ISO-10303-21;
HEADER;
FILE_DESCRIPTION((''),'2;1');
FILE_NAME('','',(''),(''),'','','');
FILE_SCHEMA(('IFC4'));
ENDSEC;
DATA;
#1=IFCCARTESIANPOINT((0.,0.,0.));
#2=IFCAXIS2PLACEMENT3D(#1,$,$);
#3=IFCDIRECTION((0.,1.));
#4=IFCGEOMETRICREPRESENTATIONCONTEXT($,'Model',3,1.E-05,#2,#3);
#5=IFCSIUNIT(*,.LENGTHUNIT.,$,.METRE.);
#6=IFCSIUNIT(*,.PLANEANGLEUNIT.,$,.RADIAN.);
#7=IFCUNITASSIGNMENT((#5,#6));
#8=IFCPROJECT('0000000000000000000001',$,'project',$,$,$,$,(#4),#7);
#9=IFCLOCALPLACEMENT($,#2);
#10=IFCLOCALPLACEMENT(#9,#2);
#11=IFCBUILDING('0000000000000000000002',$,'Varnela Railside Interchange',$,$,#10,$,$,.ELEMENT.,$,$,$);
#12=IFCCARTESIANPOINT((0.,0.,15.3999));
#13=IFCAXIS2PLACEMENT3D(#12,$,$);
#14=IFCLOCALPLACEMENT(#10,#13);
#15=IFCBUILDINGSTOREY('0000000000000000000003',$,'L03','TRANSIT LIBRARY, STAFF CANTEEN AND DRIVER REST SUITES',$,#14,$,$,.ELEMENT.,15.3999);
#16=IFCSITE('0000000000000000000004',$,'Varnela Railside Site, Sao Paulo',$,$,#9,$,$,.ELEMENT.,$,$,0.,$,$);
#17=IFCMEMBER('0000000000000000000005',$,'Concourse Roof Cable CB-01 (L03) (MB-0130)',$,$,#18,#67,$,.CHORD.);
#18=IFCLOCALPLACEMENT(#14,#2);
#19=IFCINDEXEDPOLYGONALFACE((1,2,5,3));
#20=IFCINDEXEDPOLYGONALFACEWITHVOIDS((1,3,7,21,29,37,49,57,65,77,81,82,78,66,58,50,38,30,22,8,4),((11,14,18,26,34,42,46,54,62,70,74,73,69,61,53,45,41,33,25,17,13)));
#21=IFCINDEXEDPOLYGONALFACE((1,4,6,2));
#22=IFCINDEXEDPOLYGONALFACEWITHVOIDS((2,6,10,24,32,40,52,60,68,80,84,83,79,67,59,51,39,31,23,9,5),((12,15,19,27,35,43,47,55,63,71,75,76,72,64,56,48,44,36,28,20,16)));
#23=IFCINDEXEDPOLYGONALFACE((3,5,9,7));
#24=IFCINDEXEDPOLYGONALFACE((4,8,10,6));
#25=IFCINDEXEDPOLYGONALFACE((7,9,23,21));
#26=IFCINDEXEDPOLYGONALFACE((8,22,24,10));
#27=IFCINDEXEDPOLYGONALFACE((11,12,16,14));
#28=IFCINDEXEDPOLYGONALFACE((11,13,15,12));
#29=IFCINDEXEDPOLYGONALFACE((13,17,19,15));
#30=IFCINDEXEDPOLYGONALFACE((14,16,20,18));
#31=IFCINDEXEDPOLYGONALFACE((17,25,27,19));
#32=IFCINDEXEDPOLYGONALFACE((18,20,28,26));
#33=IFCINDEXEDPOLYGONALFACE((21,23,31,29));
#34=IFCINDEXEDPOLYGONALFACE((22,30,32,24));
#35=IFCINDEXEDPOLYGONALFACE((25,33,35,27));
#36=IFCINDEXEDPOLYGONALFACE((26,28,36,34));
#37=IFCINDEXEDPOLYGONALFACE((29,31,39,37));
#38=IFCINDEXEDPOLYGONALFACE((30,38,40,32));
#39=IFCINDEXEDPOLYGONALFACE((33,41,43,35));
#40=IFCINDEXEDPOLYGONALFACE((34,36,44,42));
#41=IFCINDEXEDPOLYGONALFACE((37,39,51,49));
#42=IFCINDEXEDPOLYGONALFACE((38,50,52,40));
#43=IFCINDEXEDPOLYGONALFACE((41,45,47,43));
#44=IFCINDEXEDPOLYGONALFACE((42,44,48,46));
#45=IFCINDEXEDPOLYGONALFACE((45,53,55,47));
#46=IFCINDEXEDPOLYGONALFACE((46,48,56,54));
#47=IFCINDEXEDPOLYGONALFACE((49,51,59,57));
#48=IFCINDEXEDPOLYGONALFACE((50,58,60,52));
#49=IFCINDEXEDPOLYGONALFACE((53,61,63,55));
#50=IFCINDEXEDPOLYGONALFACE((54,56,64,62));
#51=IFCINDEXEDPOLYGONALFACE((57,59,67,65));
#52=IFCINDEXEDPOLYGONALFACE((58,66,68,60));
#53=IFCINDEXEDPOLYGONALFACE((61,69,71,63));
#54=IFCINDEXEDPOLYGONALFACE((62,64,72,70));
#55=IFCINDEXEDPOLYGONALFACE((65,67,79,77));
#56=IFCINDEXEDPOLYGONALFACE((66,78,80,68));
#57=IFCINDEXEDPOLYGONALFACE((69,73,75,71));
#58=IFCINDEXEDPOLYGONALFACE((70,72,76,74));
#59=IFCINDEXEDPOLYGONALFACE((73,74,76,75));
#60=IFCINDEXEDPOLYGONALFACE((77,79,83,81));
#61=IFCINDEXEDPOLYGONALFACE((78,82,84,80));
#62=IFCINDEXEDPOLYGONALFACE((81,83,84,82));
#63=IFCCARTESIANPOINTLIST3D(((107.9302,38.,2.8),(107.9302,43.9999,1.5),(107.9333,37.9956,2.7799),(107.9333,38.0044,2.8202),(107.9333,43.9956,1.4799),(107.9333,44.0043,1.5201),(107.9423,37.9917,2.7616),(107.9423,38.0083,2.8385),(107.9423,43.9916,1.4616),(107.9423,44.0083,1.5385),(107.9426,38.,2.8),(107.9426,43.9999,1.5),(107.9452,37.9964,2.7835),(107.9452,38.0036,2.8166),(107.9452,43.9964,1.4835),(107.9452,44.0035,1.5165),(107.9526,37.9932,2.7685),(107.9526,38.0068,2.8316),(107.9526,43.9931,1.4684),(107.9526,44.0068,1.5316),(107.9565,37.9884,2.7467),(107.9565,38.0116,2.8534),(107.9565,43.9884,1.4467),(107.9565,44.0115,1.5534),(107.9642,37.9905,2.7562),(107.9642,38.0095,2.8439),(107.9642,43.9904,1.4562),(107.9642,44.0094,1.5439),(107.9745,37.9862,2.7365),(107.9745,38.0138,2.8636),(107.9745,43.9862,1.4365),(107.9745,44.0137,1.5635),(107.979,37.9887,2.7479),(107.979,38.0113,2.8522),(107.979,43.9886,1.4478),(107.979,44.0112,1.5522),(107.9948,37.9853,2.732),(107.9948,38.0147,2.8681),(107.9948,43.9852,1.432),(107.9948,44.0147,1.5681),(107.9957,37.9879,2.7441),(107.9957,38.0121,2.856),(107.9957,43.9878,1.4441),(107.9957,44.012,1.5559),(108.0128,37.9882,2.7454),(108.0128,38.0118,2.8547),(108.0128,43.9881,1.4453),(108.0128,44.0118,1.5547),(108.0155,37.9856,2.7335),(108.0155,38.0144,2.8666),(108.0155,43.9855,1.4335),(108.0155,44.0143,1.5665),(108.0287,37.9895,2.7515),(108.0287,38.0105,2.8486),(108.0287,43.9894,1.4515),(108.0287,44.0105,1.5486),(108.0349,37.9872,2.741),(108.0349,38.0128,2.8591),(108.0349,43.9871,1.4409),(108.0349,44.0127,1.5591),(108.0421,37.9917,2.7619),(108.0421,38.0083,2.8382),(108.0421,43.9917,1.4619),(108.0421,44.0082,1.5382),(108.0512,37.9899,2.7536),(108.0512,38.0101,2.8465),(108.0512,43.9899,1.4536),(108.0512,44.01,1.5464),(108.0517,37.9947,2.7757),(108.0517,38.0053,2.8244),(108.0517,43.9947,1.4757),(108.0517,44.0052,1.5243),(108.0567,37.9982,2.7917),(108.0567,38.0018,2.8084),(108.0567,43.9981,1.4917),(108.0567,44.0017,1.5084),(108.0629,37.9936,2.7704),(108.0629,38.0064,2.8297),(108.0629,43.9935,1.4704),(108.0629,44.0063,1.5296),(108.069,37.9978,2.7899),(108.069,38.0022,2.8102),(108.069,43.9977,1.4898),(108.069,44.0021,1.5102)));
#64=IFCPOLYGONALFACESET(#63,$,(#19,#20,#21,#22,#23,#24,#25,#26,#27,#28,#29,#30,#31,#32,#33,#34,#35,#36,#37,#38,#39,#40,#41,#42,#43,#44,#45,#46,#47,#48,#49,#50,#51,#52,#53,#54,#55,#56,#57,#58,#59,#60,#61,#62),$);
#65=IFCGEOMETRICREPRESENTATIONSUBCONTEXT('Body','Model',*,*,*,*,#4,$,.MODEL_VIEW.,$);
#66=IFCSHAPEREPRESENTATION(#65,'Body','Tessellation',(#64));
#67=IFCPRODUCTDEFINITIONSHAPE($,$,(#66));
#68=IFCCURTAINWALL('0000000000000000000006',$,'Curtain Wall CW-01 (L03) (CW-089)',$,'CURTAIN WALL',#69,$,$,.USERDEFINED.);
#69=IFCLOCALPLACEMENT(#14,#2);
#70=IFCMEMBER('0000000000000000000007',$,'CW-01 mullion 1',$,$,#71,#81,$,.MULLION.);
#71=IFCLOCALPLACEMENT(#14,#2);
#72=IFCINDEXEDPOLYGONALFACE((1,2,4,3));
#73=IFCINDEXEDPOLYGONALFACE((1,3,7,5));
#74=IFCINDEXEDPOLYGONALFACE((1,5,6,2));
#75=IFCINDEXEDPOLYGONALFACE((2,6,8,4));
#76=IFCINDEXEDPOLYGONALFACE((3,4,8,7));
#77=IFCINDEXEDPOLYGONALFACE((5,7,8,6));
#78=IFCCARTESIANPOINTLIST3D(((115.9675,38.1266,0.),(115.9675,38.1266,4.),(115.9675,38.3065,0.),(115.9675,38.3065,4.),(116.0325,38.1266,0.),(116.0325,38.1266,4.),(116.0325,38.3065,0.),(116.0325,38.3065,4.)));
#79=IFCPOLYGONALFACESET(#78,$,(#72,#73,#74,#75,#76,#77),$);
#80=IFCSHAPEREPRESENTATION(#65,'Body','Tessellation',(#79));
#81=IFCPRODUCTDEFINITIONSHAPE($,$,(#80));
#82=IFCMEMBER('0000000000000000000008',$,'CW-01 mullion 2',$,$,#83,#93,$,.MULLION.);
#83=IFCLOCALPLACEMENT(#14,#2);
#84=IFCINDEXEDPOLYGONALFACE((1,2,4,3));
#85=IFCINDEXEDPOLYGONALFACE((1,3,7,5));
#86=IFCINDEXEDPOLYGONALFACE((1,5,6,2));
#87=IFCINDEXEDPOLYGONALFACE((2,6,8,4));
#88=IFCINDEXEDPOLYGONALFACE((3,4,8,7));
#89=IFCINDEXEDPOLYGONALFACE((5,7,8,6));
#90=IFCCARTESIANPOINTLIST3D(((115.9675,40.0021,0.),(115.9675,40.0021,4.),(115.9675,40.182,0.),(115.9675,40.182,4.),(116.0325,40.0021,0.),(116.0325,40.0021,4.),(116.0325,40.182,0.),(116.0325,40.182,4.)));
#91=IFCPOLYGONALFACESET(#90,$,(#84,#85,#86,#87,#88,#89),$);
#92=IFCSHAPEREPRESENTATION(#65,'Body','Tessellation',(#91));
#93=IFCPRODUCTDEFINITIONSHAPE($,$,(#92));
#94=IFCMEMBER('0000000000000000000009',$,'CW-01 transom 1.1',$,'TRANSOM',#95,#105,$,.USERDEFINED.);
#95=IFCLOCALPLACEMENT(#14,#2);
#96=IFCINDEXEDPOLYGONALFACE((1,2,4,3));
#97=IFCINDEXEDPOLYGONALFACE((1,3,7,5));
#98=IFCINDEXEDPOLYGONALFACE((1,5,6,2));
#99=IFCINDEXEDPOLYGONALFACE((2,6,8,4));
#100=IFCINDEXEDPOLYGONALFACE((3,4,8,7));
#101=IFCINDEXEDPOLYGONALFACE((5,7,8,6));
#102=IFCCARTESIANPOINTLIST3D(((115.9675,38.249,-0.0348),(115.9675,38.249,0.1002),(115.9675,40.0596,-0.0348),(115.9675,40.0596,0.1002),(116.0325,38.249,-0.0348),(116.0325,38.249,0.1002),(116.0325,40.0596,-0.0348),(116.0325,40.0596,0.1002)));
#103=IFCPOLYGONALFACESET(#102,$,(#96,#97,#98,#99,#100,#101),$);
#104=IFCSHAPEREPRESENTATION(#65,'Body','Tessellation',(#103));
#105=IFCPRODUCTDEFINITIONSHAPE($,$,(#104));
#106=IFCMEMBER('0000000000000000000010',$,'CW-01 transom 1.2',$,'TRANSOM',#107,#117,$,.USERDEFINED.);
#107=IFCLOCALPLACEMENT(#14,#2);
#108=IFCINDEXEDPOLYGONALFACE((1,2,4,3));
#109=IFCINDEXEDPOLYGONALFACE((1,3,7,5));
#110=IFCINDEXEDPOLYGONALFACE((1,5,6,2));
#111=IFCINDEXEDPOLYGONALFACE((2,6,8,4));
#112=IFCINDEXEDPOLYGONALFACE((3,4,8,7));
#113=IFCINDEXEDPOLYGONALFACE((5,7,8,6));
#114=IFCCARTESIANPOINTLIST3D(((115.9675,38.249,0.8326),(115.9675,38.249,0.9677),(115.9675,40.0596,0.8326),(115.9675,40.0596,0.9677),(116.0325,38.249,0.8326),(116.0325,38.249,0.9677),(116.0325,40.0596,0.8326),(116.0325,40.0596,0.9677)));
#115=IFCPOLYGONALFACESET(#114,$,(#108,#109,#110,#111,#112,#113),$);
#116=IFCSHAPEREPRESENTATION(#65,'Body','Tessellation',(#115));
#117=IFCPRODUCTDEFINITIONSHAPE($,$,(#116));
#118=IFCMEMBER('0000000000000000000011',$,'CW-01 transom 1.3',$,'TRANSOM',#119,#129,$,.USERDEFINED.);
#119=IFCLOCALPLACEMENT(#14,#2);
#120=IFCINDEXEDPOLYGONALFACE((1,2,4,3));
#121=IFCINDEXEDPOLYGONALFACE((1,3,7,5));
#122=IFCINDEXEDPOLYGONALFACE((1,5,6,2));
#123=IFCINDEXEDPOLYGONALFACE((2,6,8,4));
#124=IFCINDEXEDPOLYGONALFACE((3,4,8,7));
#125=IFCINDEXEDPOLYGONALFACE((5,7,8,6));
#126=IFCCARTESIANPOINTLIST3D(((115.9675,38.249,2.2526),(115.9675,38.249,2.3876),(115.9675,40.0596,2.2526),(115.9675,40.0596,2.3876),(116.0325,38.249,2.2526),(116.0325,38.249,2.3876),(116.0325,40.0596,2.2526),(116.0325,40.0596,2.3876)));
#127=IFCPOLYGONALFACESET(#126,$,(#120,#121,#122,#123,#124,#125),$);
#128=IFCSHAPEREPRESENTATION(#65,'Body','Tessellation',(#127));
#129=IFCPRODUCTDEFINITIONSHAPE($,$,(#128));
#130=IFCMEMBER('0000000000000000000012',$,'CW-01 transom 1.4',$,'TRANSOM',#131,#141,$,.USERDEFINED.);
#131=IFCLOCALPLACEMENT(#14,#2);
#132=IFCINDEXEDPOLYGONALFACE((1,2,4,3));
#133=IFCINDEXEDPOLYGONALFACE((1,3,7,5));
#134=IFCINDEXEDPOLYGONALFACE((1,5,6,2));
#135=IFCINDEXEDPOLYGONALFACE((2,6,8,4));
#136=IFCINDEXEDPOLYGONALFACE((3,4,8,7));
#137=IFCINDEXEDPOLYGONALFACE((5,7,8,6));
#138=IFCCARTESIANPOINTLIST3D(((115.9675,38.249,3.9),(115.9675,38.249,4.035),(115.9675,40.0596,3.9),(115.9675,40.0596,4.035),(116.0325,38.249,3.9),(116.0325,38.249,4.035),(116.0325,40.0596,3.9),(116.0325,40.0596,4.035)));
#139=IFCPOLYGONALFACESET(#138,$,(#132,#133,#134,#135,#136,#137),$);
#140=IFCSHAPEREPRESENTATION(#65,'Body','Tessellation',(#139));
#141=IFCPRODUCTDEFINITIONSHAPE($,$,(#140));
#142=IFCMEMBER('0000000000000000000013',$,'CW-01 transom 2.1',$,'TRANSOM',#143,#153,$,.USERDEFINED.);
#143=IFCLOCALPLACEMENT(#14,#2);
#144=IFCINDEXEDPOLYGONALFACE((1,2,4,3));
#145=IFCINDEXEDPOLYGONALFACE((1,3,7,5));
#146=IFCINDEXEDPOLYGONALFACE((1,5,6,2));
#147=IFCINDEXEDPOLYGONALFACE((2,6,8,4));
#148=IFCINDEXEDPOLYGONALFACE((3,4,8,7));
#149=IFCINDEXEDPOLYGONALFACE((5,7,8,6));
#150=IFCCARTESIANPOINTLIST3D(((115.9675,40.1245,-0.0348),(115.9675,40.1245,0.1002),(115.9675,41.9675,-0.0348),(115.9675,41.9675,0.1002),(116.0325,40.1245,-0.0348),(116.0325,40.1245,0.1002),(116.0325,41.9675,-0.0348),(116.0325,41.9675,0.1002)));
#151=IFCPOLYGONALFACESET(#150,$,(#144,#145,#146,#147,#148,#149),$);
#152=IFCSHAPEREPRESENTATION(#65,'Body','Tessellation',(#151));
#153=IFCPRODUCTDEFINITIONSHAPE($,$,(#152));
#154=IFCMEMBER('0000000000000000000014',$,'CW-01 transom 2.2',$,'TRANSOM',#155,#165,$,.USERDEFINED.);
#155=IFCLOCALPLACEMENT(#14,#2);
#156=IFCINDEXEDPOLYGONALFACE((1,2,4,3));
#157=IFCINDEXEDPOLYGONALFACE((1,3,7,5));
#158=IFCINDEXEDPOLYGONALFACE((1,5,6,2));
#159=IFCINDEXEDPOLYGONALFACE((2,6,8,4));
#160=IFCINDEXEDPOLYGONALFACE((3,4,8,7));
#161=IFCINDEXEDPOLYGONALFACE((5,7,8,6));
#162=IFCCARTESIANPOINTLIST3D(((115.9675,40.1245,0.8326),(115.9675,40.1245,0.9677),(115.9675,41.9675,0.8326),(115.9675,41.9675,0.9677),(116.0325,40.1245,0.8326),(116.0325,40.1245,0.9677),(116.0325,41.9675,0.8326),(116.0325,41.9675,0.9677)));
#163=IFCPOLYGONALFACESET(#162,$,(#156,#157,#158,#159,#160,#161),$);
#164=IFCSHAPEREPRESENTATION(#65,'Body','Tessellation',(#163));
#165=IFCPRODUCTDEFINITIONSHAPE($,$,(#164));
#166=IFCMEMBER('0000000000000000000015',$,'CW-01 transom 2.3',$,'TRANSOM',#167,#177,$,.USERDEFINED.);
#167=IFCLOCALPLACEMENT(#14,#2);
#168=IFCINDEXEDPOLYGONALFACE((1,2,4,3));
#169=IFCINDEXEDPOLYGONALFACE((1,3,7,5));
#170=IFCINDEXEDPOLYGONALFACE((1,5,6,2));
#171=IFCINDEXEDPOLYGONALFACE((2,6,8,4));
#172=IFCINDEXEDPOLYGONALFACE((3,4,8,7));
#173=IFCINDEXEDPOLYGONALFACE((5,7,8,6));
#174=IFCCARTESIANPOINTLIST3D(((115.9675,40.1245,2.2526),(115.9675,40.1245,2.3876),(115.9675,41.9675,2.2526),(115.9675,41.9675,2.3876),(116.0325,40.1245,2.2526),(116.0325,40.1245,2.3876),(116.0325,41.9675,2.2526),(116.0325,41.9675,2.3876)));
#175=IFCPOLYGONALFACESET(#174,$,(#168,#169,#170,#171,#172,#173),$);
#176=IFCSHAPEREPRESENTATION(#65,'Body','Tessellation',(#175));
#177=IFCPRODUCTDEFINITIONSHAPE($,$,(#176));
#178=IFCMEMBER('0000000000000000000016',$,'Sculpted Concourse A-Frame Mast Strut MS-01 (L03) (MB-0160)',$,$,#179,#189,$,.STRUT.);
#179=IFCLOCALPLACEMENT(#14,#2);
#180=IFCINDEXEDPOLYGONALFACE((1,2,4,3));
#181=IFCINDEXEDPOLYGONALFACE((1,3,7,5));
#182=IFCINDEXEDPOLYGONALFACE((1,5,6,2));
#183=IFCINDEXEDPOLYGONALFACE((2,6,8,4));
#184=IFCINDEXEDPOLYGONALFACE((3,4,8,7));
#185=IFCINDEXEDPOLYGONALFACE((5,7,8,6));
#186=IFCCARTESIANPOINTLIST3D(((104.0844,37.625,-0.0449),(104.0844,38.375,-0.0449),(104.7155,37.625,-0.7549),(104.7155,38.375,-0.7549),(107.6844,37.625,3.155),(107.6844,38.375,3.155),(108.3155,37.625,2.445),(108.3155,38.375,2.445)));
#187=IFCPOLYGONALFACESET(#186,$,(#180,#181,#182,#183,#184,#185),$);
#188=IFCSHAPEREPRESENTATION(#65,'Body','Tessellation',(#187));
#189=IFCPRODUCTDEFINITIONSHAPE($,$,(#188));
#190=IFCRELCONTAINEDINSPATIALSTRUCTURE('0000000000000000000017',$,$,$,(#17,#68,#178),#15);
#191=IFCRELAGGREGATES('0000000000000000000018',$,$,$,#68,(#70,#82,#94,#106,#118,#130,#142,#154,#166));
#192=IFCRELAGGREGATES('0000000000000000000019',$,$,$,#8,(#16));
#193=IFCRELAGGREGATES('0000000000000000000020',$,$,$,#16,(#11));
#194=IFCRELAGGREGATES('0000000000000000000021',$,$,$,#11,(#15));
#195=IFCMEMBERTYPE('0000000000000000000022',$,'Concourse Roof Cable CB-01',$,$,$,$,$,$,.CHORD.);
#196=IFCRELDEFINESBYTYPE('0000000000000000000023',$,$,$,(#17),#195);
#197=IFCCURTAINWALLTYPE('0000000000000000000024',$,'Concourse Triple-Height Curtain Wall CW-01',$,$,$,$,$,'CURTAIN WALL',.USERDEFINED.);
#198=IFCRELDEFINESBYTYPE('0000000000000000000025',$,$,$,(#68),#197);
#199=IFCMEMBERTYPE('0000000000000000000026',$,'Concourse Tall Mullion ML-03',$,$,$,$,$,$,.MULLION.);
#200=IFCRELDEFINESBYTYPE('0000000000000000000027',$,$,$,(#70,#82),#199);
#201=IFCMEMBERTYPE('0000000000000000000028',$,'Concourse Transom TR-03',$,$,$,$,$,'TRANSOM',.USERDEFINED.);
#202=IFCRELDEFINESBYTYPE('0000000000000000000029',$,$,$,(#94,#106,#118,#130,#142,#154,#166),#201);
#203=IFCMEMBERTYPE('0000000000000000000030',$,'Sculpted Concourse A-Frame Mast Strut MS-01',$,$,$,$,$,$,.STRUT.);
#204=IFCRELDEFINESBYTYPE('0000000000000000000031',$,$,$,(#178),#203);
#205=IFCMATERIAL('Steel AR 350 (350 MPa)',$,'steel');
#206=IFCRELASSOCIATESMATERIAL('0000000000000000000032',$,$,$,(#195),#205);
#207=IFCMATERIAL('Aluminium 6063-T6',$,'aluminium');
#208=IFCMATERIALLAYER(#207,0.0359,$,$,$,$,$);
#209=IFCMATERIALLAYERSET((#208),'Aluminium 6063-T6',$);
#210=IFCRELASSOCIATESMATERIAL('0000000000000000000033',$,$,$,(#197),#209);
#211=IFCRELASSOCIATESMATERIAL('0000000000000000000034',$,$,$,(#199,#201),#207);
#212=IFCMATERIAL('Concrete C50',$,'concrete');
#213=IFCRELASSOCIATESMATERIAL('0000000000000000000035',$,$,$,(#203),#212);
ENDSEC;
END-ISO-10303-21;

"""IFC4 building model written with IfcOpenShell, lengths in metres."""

from ifc_helpers import new_model, si_unit, direction, frame, origin, origin_2d, place, context, subcontext, project, spatial, rectangle, hollow_circle, extrude, material, layer, layer_set, material_profile, profile_set, type_object, element, aggregate, save


model = new_model("IFC4")

# Units and contexts
model_context = context("Model", 3, precision=1e-05, world=origin(), true_north=direction((0.0, 1.0)))
body_context = subcontext(model_context, "Body", "Model", "MODEL_VIEW")
ifc_project = project(units=[si_unit("LENGTHUNIT", "METRE"), si_unit("PLANEANGLEUNIT", "RADIAN")], contexts=[model_context])

# Site, building, storey
site_placement = place(None, origin())
site = spatial("IfcSite", under=ifc_project, at=site_placement, Name="Varnela Railside Site, Sao Paulo", CompositionType="ELEMENT", RefElevation=0.0)
building_placement = place(site_placement, origin())
building = spatial("IfcBuilding", under=site, at=building_placement, Name="Varnela Railside Interchange", CompositionType="ELEMENT")
storey_placement = place(building_placement, frame((0.0, 0.0, 15.3999)))
storey = spatial("IfcBuildingStorey", under=building, at=storey_placement, Name="L03", Description="TRANSIT LIBRARY, STAFF CANTEEN AND DRIVER REST SUITES", CompositionType="ELEMENT", Elevation=15.3999)

# Shared definitions
ifc_material_1 = material(Name="Steel AR 350 (350 MPa)", Category="steel")

# Member
ifc_material_profile_1 = material_profile(ifc_material_1, hollow_circle(Radius=0.0698, WallThickness=0.0125, at=origin_2d()), Name="CHS 139.7x12.5")
ifc_profile_set_1 = profile_set([ifc_material_profile_1], Name="Steel AR 350 (350 MPa)")
member_type_1 = type_object("IfcMemberType", Name="Concourse Roof Cable CB-01", PredefinedType="CHORD", material=ifc_profile_set_1)
member_1_placement = place(storey_placement, frame((108.0, 38.0, 2.8), z_axis=(0.0, 0.977321, -0.211761), x_axis=(-1.0, 0.0, 0.0)))
element("IfcMember", 1, at=member_1_placement, inside=storey, type_object=member_type_1, Name="Concourse Roof Cable CB-01 (L03) (MB-0130)", PredefinedType="CHORD", context=body_context, shape_type="SweptSolid", body=[
    extrude(hollow_circle(Radius=0.0698, WallThickness=0.0125, at=origin_2d()), origin(), (0.0, 0.0, 1.0), 6.1392),
])

# Curtain wall, members
ifc_material_2 = material(Name="Aluminium 6063-T6", Category="aluminium")
ifc_layer_1 = layer(ifc_material_2, 0.0359)
ifc_layer_set_1 = layer_set([ifc_layer_1], Name="Aluminium 6063-T6")
curtain_wall_type = type_object("IfcCurtainWallType", Name="Concourse Triple-Height Curtain Wall CW-01", ElementType="CURTAIN WALL", PredefinedType="USERDEFINED", material=ifc_layer_set_1)
curtain_wall_placement = place(storey_placement, origin())
curtain_wall = element("IfcCurtainWall", 2, at=curtain_wall_placement, inside=storey, type_object=curtain_wall_type, Name="Curtain Wall CW-01 (L03) (CW-089)", ObjectType="CURTAIN WALL", PredefinedType="USERDEFINED")
ifc_material_profile_2 = material_profile(ifc_material_2, rectangle(XDim=0.0649, YDim=0.1799, at=origin_2d()), Name="ALU 65x180")
ifc_profile_set_2 = profile_set([ifc_material_profile_2], Name="Aluminium 6063-T6")
member_type_2 = type_object("IfcMemberType", Name="Concourse Tall Mullion ML-03", PredefinedType="MULLION", material=ifc_profile_set_2)
member_2_placement = place(storey_placement, frame((116.0, 38.2166, 0.0), z_axis=(0.0, 0.0, 1.0), x_axis=(-1.0, 0.0, 0.0)))
member_2 = element("IfcMember", 3, at=member_2_placement, type_object=member_type_2, Name="CW-01 mullion 1", PredefinedType="MULLION", context=body_context, shape_type="SweptSolid", body=[
    extrude(rectangle(XDim=0.0649, YDim=0.1799, at=origin_2d()), origin(), (0.0, 0.0, 1.0), 4.0),
])
member_3_placement = place(storey_placement, frame((116.0, 40.092, 0.0), z_axis=(0.0, 0.0, 1.0), x_axis=(-1.0, 0.0, 0.0)))
member_3 = element("IfcMember", 4, at=member_3_placement, type_object=member_type_2, Name="CW-01 mullion 2", PredefinedType="MULLION", context=body_context, shape_type="SweptSolid", body=[
    extrude(rectangle(XDim=0.0649, YDim=0.1799, at=origin_2d()), origin(), (0.0, 0.0, 1.0), 4.0),
])
ifc_material_profile_3 = material_profile(ifc_material_2, rectangle(XDim=0.0649, YDim=0.135, at=origin_2d()), Name="ALU 65x135")
ifc_profile_set_3 = profile_set([ifc_material_profile_3], Name="Aluminium 6063-T6")
member_type_3 = type_object("IfcMemberType", Name="Concourse Transom TR-03", ElementType="TRANSOM", PredefinedType="USERDEFINED", material=ifc_profile_set_3)
member_4_placement = place(storey_placement, frame((116.0, 38.249, 0.0327), z_axis=(0.0, 1.0, 0.0), x_axis=(-1.0, 0.0, 0.0)))
member_4 = element("IfcMember", 5, at=member_4_placement, type_object=member_type_3, Name="CW-01 transom 1.1", ObjectType="TRANSOM", PredefinedType="USERDEFINED", context=body_context, shape_type="SweptSolid", body=[
    extrude(rectangle(XDim=0.0649, YDim=0.135, at=origin_2d()), origin(), (0.0, 0.0, 1.0), 1.8105),
])
member_5_placement = place(storey_placement, frame((116.0, 38.249, 0.9001), z_axis=(0.0, 1.0, 0.0), x_axis=(-1.0, 0.0, 0.0)))
member_5 = element("IfcMember", 6, at=member_5_placement, type_object=member_type_3, Name="CW-01 transom 1.2", ObjectType="TRANSOM", PredefinedType="USERDEFINED", context=body_context, shape_type="SweptSolid", body=[
    extrude(rectangle(XDim=0.0649, YDim=0.135, at=origin_2d()), origin(), (0.0, 0.0, 1.0), 1.8105),
])
member_6_placement = place(storey_placement, frame((116.0, 38.249, 2.3201), z_axis=(0.0, 1.0, 0.0), x_axis=(-1.0, 0.0, 0.0)))
member_6 = element("IfcMember", 7, at=member_6_placement, type_object=member_type_3, Name="CW-01 transom 1.3", ObjectType="TRANSOM", PredefinedType="USERDEFINED", context=body_context, shape_type="SweptSolid", body=[
    extrude(rectangle(XDim=0.0649, YDim=0.135, at=origin_2d()), origin(), (0.0, 0.0, 1.0), 1.8105),
])
member_7_placement = place(storey_placement, frame((116.0, 38.249, 3.9675), z_axis=(0.0, 1.0, 0.0), x_axis=(-1.0, 0.0, 0.0)))
member_7 = element("IfcMember", 8, at=member_7_placement, type_object=member_type_3, Name="CW-01 transom 1.4", ObjectType="TRANSOM", PredefinedType="USERDEFINED", context=body_context, shape_type="SweptSolid", body=[
    extrude(rectangle(XDim=0.0649, YDim=0.135, at=origin_2d()), origin(), (0.0, 0.0, 1.0), 1.8105),
])
member_8_placement = place(storey_placement, frame((116.0, 40.1245, 0.0327), z_axis=(0.0, 1.0, 0.0), x_axis=(-1.0, 0.0, 0.0)))
member_8 = element("IfcMember", 9, at=member_8_placement, type_object=member_type_3, Name="CW-01 transom 2.1", ObjectType="TRANSOM", PredefinedType="USERDEFINED", context=body_context, shape_type="SweptSolid", body=[
    extrude(rectangle(XDim=0.0649, YDim=0.135, at=origin_2d()), origin(), (0.0, 0.0, 1.0), 1.843),
])
member_9_placement = place(storey_placement, frame((116.0, 40.1245, 0.9001), z_axis=(0.0, 1.0, 0.0), x_axis=(-1.0, 0.0, 0.0)))
member_9 = element("IfcMember", 10, at=member_9_placement, type_object=member_type_3, Name="CW-01 transom 2.2", ObjectType="TRANSOM", PredefinedType="USERDEFINED", context=body_context, shape_type="SweptSolid", body=[
    extrude(rectangle(XDim=0.0649, YDim=0.135, at=origin_2d()), origin(), (0.0, 0.0, 1.0), 1.843),
])
member_10_placement = place(storey_placement, frame((116.0, 40.1245, 2.3201), z_axis=(0.0, 1.0, 0.0), x_axis=(-1.0, 0.0, 0.0)))
member_10 = element("IfcMember", 11, at=member_10_placement, type_object=member_type_3, Name="CW-01 transom 2.3", ObjectType="TRANSOM", PredefinedType="USERDEFINED", context=body_context, shape_type="SweptSolid", body=[
    extrude(rectangle(XDim=0.0649, YDim=0.135, at=origin_2d()), origin(), (0.0, 0.0, 1.0), 1.843),
])

# Member
ifc_material_3 = material(Name="Concrete C50", Category="concrete")
ifc_material_profile_4 = material_profile(ifc_material_3, rectangle(XDim=0.75, YDim=0.95, at=origin_2d()), Name="RC 750x950")
ifc_profile_set_4 = profile_set([ifc_material_profile_4], Name="Concrete C50")
member_type_4 = type_object("IfcMemberType", Name="Sculpted Concourse A-Frame Mast Strut MS-01", PredefinedType="STRUT", material=ifc_profile_set_4)
for number, where, z_axis, x_axis, name in (
    (12, (104.3999, 38.0, -0.3999), (0.747423, 0.0, 0.664348), (0.0, 1.0, 0.0), "Sculpted Concourse A-Frame Mast Strut MS-01 (L03) (MB-0160)"),
):
    element("IfcMember", number, at=place(storey_placement, frame(where, z_axis=z_axis, x_axis=x_axis)), inside=storey, type_object=member_type_4, Name=name, PredefinedType="STRUT", context=body_context, shape_type="SweptSolid", body=[
        extrude(rectangle(XDim=0.75, YDim=0.95, at=origin_2d()), origin(), (0.0, 0.0, 1.0), 4.8167),
    ])

aggregate(curtain_wall, [member_2, member_3, member_4, member_5, member_6, member_7, member_8, member_9, member_10])

save(model, "model.ifc")
